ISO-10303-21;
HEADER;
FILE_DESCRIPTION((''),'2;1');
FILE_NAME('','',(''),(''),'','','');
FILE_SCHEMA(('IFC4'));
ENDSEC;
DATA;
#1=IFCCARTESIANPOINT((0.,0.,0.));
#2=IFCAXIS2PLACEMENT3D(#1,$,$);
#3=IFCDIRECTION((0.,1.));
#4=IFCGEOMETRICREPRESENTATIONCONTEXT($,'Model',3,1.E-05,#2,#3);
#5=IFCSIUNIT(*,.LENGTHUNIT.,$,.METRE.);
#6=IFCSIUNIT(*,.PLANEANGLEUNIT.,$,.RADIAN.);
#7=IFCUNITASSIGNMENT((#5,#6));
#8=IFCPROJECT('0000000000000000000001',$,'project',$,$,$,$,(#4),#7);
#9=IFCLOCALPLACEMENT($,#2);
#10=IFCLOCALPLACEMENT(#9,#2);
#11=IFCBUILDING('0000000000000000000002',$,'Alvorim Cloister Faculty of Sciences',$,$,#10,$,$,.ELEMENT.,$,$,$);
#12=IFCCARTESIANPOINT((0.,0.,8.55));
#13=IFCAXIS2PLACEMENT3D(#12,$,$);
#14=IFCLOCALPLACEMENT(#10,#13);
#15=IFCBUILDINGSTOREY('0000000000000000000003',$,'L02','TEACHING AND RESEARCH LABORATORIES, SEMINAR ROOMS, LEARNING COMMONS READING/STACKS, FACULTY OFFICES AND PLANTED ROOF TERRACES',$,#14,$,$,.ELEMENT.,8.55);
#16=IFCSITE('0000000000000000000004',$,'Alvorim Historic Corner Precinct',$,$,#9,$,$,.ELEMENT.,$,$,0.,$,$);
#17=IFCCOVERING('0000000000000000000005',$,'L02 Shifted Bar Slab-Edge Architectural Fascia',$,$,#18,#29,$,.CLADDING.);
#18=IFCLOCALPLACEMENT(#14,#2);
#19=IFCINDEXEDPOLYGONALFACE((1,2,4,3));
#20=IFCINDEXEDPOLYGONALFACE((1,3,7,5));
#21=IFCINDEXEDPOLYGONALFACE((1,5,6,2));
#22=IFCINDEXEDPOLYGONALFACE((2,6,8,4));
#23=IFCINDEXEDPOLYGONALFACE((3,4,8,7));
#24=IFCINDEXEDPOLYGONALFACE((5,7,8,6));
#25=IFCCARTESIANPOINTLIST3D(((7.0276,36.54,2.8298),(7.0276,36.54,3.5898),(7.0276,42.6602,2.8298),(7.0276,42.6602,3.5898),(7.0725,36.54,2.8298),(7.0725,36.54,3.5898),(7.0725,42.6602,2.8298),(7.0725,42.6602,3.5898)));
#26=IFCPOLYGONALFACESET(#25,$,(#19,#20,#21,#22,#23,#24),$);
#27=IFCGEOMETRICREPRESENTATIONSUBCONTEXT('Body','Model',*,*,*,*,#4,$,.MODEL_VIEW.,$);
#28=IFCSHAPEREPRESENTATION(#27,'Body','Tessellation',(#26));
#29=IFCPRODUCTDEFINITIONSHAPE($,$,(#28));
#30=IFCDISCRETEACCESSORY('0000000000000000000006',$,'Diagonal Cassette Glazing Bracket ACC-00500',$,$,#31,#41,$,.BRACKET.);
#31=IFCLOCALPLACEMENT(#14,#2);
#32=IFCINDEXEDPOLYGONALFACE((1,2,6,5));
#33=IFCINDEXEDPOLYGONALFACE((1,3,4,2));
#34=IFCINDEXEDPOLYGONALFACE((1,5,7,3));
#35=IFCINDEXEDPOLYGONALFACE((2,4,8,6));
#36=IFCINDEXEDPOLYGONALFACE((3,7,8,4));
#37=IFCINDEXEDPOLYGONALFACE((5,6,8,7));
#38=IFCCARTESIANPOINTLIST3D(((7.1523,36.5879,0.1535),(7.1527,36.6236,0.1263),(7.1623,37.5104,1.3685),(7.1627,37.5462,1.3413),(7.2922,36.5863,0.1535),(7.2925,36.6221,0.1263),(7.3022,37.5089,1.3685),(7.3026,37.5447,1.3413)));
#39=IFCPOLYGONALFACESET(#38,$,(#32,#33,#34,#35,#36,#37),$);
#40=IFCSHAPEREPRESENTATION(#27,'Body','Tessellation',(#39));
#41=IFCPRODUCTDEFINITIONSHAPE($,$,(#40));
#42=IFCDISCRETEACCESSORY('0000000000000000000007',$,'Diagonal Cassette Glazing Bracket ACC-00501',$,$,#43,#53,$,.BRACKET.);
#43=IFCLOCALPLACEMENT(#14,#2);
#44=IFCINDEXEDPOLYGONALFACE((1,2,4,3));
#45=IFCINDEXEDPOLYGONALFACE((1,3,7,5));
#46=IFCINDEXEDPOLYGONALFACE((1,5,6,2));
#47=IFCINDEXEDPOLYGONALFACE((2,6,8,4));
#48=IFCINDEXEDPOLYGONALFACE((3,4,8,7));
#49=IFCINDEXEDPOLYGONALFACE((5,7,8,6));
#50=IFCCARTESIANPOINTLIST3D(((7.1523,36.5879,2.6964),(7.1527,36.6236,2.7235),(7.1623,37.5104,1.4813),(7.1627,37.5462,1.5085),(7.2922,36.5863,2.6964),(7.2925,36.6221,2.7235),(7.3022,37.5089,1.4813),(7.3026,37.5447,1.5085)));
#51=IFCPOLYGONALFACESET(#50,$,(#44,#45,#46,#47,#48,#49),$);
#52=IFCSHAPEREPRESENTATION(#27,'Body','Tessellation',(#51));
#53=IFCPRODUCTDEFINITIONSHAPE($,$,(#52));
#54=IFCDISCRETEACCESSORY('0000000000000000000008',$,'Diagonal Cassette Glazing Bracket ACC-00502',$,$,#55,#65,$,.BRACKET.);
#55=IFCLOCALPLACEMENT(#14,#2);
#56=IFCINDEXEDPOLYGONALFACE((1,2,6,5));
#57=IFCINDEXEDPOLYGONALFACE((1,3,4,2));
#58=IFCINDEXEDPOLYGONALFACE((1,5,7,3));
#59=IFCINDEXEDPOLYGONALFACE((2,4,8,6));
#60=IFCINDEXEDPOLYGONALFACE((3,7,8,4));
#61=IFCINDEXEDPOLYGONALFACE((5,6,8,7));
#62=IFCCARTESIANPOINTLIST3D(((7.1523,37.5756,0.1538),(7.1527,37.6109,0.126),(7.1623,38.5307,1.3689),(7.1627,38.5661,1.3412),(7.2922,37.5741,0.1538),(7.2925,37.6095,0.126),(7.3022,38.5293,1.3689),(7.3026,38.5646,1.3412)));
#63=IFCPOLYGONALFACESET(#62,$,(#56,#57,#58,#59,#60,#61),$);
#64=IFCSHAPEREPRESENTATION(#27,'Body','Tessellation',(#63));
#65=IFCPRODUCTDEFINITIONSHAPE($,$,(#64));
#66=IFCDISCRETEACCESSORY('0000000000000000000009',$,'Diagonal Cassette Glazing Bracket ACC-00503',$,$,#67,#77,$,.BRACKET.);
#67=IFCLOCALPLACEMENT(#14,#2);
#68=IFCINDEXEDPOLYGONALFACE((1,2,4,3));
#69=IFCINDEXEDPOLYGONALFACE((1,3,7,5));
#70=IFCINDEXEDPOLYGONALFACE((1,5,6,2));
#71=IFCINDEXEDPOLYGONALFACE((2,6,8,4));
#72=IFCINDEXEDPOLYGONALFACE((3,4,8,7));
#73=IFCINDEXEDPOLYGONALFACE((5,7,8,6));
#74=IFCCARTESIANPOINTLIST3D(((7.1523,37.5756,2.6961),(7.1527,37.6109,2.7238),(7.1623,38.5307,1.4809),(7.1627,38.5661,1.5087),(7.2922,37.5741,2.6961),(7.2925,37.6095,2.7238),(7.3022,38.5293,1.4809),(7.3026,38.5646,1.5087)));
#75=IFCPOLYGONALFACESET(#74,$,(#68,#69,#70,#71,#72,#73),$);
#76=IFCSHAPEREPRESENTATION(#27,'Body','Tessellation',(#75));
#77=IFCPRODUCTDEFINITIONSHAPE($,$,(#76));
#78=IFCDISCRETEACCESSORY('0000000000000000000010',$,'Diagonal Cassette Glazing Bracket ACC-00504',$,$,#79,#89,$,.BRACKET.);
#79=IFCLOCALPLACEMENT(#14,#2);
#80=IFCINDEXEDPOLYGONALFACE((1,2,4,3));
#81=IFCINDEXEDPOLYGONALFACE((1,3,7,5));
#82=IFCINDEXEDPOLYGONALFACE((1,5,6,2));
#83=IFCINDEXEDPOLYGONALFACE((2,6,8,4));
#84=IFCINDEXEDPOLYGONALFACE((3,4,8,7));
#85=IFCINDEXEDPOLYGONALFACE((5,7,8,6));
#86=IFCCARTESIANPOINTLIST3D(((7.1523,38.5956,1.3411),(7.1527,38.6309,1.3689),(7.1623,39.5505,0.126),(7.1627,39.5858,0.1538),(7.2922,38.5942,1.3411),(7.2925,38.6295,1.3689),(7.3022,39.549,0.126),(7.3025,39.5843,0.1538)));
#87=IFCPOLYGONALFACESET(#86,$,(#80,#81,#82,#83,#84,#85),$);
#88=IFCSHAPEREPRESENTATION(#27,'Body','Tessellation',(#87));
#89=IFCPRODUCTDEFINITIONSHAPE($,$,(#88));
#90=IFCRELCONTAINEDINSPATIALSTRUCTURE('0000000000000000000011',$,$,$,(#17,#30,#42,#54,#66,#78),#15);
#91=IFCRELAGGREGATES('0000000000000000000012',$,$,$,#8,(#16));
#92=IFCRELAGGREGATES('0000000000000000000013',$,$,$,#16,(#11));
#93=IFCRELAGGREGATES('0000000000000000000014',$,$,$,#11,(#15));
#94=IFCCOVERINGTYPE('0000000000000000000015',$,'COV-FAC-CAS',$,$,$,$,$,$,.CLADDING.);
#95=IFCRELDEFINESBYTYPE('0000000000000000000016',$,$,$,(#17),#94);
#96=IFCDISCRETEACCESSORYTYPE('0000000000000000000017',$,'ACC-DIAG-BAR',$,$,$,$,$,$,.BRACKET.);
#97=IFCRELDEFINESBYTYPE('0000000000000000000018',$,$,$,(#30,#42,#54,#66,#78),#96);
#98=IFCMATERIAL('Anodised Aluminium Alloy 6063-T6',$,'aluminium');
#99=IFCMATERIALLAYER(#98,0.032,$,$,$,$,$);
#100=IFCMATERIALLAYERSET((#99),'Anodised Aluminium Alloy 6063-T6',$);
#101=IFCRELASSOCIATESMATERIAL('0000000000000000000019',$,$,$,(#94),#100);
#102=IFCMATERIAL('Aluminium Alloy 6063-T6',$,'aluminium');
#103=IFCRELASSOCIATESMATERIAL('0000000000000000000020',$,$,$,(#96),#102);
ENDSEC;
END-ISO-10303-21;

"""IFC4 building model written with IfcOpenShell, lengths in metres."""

from ifc_helpers import new_model, si_unit, direction, frame, origin, origin_2d, place, context, subcontext, project, spatial, polyline, rectangle, outline, extrude, material, layer, layer_set, type_object, element, save


model = new_model("IFC4")

# Units and contexts
model_context = context("Model", 3, precision=1e-05, world=origin(), true_north=direction((0.0, 1.0)))
body_context = subcontext(model_context, "Body", "Model", "MODEL_VIEW")
ifc_project = project(units=[si_unit("LENGTHUNIT", "METRE"), si_unit("PLANEANGLEUNIT", "RADIAN")], contexts=[model_context])

# Site, building, storey
site_placement = place(None, origin())
site = spatial("IfcSite", under=ifc_project, at=site_placement, Name="Alvorim Historic Corner Precinct", CompositionType="ELEMENT", RefElevation=0.0)
building_placement = place(site_placement, origin())
building = spatial("IfcBuilding", under=site, at=building_placement, Name="Alvorim Cloister Faculty of Sciences", CompositionType="ELEMENT")
storey_placement = place(building_placement, frame((0.0, 0.0, 8.55)))
storey = spatial("IfcBuildingStorey", under=building, at=storey_placement, Name="L02", Description="TEACHING AND RESEARCH LABORATORIES, SEMINAR ROOMS, LEARNING COMMONS READING/STACKS, FACULTY OFFICES AND PLANTED ROOF TERRACES", CompositionType="ELEMENT", Elevation=8.55)

# Shared definitions
ifc_material_1 = material(Name="Aluminium Alloy 6063-T6", Category="aluminium")

# Covering
ifc_material_2 = material(Name="Anodised Aluminium Alloy 6063-T6", Category="aluminium")
ifc_layer_1 = layer(ifc_material_2, 0.032)
ifc_layer_set_1 = layer_set([ifc_layer_1], Name="Anodised Aluminium Alloy 6063-T6")
covering_type = type_object("IfcCoveringType", Name="COV-FAC-CAS", PredefinedType="CLADDING", material=ifc_layer_set_1)
covering_placement = place(storey_placement, frame((7.05, 36.54, 2.8298), z_axis=(0.0, 0.0, 1.0), x_axis=(0.0, 1.0, 0.0)))
element("IfcCovering", 1, at=covering_placement, inside=storey, type_object=covering_type, Name="L02 Shifted Bar Slab-Edge Architectural Fascia", PredefinedType="CLADDING", context=body_context, shape_type="SweptSolid", body=[
    extrude(outline(polyline([(0.0, 0.0), (6.1201, 0.0), (6.1201, 0.76), (0.0, 0.76), (0.0, 0.0)])), frame((0.0, 0.0225, 0.0), z_axis=(0.0, -1.0, 0.0), x_axis=(1.0, 0.0, 0.0)), (0.0, 0.0, 1.0), 0.0449),
])

# Discrete accessories
discrete_accessory_type = type_object("IfcDiscreteAccessoryType", Name="ACC-DIAG-BAR", PredefinedType="BRACKET", material=ifc_material_1)
for number, where, z_axis, x_axis, name in (
    (2, (7.2224, 36.605, 0.1399), (0.006561, 0.604713, 0.796416), (-0.999941, 0.010849, 0.0), "Diagonal Cassette Glazing Bracket ACC-00500"),
    (3, (7.2224, 36.605, 2.71), (0.006561, 0.604713, -0.796416), (-0.999941, 0.010849, 0.0), "Diagonal Cassette Glazing Bracket ACC-00501"),
):
    element("IfcDiscreteAccessory", number, at=place(storey_placement, frame(where, z_axis=z_axis, x_axis=x_axis)), inside=storey, type_object=discrete_accessory_type, Name=name, PredefinedType="BRACKET", context=body_context, shape_type="SweptSolid", body=[
        extrude(rectangle(XDim=0.1399, YDim=0.0449, at=origin_2d()), origin(), (0.0, 0.0, 1.0), 1.5256),
    ])
for number, where, z_axis, x_axis, name in (
    (4, (7.2224, 37.5925, 0.1399), (0.006477, 0.617955, 0.786187), (-0.999945, 0.01048, 0.0), "Diagonal Cassette Glazing Bracket ACC-00502"),
    (5, (7.2224, 37.5925, 2.71), (0.006477, 0.617955, -0.786187), (-0.999945, 0.01048, 0.0), "Diagonal Cassette Glazing Bracket ACC-00503"),
):
    element("IfcDiscreteAccessory", number, at=place(storey_placement, frame(where, z_axis=z_axis, x_axis=x_axis)), inside=storey, type_object=discrete_accessory_type, Name=name, PredefinedType="BRACKET", context=body_context, shape_type="SweptSolid", body=[
        extrude(rectangle(XDim=0.1399, YDim=0.0449, at=origin_2d()), origin(), (0.0, 0.0, 1.0), 1.5457),
    ])
discrete_accessory_placement = place(storey_placement, frame((7.2224, 38.6125, 1.355), z_axis=(0.006477, 0.617857, -0.786263), x_axis=(-0.999945, 0.010483, 0.0)))
element("IfcDiscreteAccessory", 6, at=discrete_accessory_placement, inside=storey, type_object=discrete_accessory_type, Name="Diagonal Cassette Glazing Bracket ACC-00504", PredefinedType="BRACKET", context=body_context, shape_type="SweptSolid", body=[
    extrude(rectangle(XDim=0.1399, YDim=0.0449, at=origin_2d()), origin(), (0.0, 0.0, 1.0), 1.5454),
])

save(model, "model.ifc")
